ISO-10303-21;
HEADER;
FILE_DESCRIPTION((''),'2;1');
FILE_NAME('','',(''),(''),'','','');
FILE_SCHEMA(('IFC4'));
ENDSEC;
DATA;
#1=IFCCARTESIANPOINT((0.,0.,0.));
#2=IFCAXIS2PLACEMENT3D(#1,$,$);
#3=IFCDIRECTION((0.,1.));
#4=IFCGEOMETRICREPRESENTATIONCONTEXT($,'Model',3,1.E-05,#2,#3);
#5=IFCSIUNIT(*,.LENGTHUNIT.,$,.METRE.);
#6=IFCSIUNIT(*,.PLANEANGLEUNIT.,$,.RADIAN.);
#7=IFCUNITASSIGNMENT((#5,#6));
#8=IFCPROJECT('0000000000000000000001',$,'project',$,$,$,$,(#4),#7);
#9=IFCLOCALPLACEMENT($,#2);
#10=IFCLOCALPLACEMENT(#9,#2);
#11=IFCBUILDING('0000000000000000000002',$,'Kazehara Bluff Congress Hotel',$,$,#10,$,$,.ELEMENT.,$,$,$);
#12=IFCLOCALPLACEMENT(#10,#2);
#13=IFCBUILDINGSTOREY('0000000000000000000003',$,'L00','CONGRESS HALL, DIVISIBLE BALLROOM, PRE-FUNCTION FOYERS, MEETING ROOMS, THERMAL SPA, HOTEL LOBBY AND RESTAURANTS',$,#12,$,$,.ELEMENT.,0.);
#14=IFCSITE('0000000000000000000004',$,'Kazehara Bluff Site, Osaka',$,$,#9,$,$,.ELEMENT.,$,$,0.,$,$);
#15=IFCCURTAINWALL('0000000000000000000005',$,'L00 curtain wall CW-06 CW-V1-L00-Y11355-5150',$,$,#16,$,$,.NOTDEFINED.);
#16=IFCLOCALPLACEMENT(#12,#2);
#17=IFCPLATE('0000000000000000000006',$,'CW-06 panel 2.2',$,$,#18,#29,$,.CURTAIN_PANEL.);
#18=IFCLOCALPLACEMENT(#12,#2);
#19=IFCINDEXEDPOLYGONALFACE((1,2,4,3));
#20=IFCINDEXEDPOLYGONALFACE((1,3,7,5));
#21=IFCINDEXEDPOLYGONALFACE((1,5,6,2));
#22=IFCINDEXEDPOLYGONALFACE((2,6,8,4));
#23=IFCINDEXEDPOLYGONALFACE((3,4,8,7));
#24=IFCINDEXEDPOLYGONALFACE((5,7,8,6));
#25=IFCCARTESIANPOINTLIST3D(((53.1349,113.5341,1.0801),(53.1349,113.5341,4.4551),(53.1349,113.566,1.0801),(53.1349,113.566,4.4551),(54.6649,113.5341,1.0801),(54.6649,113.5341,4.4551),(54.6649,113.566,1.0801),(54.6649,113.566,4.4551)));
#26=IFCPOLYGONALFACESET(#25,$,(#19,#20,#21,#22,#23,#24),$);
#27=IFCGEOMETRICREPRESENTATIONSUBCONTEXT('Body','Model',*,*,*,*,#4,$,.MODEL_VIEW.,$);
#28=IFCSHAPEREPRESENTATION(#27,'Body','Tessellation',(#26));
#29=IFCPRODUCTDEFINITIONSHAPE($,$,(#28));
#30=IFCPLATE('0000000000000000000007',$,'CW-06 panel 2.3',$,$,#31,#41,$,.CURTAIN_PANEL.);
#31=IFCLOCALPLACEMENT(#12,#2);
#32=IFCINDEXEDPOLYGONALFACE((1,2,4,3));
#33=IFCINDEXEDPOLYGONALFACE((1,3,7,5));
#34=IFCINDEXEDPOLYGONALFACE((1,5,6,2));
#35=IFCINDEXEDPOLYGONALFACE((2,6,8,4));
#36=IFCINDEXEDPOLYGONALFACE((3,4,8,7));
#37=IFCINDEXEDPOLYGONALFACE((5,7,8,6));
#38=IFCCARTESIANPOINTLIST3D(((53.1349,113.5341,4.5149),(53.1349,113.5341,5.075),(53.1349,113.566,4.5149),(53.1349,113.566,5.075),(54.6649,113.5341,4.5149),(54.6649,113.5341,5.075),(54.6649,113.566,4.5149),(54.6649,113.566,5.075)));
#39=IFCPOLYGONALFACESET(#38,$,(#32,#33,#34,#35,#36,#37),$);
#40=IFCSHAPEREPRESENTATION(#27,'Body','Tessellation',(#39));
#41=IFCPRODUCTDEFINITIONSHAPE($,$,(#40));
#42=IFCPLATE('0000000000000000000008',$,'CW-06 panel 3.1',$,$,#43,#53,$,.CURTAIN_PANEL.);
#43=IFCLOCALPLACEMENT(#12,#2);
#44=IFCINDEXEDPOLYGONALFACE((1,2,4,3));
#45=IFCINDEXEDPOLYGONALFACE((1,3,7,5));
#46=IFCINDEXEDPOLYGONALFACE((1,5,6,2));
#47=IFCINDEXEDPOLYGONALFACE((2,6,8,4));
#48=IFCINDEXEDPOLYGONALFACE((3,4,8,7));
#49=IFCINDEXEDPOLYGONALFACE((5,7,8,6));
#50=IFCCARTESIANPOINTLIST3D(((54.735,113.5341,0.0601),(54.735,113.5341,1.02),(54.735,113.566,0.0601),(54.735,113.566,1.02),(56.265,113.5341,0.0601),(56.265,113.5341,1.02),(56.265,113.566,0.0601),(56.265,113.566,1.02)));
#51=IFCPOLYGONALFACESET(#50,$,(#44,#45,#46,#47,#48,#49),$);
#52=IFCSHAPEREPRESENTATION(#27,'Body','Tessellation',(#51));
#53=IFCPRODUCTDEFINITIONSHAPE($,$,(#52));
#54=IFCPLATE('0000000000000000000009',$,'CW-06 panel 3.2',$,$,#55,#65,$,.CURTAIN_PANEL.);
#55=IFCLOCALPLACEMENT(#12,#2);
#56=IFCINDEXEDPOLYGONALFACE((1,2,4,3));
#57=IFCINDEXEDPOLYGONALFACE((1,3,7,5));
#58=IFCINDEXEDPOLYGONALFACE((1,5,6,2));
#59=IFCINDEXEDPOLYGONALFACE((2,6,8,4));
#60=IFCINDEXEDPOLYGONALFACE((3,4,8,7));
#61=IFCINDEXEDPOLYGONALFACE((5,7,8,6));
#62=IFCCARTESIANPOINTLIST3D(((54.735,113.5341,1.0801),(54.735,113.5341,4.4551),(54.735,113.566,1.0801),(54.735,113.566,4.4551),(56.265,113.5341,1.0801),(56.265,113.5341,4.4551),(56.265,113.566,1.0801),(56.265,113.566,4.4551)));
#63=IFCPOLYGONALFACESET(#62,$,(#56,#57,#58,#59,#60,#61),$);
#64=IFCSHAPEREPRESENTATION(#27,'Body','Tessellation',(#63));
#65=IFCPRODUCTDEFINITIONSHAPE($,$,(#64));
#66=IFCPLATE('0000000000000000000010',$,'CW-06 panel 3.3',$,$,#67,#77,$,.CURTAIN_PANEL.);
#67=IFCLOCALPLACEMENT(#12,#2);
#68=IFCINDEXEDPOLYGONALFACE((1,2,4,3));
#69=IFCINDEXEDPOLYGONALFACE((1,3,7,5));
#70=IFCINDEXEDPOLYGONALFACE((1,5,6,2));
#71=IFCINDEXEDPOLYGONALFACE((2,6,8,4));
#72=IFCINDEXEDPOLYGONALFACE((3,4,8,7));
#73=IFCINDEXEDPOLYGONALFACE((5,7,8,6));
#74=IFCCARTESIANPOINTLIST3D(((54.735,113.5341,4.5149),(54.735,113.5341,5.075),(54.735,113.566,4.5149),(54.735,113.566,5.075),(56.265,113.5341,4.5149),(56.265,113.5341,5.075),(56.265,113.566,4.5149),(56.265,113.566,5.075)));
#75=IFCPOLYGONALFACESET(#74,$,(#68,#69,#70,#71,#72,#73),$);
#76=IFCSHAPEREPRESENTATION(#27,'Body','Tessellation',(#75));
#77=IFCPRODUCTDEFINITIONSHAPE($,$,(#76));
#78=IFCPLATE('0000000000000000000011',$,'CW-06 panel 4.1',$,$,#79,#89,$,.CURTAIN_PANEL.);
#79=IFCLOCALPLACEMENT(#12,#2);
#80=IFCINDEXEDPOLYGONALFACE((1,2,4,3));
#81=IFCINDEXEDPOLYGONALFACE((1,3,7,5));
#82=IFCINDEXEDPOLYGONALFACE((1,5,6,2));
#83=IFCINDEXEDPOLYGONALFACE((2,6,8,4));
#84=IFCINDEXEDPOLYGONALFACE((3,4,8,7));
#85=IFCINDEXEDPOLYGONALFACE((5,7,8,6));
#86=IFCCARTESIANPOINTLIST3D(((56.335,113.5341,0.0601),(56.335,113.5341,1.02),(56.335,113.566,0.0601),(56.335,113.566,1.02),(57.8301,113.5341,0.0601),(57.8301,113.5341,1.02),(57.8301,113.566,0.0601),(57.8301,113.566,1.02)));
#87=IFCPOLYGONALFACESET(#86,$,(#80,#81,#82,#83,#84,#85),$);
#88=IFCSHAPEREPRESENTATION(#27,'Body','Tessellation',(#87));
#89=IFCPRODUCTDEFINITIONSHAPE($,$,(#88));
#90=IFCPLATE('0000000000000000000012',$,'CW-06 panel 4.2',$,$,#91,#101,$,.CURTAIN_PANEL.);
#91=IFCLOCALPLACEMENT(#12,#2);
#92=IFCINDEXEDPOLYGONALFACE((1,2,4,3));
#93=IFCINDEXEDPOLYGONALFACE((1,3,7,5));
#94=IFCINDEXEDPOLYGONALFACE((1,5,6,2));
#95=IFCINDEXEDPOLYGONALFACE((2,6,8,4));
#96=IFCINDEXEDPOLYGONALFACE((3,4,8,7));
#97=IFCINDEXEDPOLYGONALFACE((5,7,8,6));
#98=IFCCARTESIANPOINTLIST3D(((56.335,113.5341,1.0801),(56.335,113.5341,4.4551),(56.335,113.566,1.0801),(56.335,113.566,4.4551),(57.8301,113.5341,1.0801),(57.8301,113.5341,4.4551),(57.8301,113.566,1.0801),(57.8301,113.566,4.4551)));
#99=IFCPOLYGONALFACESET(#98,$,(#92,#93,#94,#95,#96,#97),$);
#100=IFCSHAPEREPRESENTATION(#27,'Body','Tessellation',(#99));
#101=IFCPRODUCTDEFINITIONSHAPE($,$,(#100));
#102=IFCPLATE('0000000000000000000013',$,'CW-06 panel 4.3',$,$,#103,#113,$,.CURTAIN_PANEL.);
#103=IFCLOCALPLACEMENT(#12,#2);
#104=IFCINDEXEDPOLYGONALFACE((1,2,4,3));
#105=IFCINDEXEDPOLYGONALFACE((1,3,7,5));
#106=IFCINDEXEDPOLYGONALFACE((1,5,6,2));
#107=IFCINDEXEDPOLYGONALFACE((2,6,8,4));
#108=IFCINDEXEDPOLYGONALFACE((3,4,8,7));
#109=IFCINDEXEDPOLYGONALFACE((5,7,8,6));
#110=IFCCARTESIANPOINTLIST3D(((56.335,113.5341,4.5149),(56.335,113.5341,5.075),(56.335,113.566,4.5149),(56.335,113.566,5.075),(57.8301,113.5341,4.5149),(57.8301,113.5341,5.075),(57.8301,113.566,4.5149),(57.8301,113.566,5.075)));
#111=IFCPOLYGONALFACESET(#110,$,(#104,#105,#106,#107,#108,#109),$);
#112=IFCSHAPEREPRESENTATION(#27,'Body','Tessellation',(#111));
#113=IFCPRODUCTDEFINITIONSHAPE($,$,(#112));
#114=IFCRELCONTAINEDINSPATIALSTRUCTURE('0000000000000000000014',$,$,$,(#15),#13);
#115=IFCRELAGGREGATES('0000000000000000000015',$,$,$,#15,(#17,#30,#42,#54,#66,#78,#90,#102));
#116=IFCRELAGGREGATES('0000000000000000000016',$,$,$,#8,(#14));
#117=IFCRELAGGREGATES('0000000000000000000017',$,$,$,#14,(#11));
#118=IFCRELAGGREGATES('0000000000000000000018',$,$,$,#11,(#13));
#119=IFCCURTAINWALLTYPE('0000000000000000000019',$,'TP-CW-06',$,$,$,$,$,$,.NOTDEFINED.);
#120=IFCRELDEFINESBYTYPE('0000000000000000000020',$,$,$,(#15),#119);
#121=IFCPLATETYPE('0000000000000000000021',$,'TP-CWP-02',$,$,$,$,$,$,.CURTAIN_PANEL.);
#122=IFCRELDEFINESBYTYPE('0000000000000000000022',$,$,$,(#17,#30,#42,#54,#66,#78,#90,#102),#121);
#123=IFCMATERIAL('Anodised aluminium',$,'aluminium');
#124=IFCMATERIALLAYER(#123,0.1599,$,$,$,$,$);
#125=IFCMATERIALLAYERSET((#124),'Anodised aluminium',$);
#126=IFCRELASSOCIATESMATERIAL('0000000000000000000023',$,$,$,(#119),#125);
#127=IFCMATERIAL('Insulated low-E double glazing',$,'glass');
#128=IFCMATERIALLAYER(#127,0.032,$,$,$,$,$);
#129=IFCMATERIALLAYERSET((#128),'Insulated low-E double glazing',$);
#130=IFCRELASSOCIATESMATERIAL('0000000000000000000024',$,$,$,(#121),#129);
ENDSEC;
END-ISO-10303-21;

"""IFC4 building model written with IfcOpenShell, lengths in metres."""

from ifc_helpers import new_model, si_unit, direction, frame, origin, origin_2d, place, context, subcontext, project, spatial, rectangle, extrude, material, layer, layer_set, type_object, element, aggregate, save


model = new_model("IFC4")

# Units and contexts
model_context = context("Model", 3, precision=1e-05, world=origin(), true_north=direction((0.0, 1.0)))
body_context = subcontext(model_context, "Body", "Model", "MODEL_VIEW")
ifc_project = project(units=[si_unit("LENGTHUNIT", "METRE"), si_unit("PLANEANGLEUNIT", "RADIAN")], contexts=[model_context])

# Site, building, storey
site_placement = place(None, origin())
site = spatial("IfcSite", under=ifc_project, at=site_placement, Name="Kazehara Bluff Site, Osaka", CompositionType="ELEMENT", RefElevation=0.0)
building_placement = place(site_placement, origin())
building = spatial("IfcBuilding", under=site, at=building_placement, Name="Kazehara Bluff Congress Hotel", CompositionType="ELEMENT")
storey_placement = place(building_placement, origin())
storey = spatial("IfcBuildingStorey", under=building, at=storey_placement, Name="L00", Description="CONGRESS HALL, DIVISIBLE BALLROOM, PRE-FUNCTION FOYERS, MEETING ROOMS, THERMAL SPA, HOTEL LOBBY AND RESTAURANTS", CompositionType="ELEMENT", Elevation=0.0)

# Curtain wall, plates
ifc_material_1 = material(Name="Anodised aluminium", Category="aluminium")
ifc_layer_1 = layer(ifc_material_1, 0.1599)
ifc_layer_set_1 = layer_set([ifc_layer_1], Name="Anodised aluminium")
curtain_wall_type = type_object("IfcCurtainWallType", Name="TP-CW-06", PredefinedType="NOTDEFINED", material=ifc_layer_set_1)
curtain_wall_placement = place(storey_placement, origin())
curtain_wall = element("IfcCurtainWall", 1, at=curtain_wall_placement, inside=storey, type_object=curtain_wall_type, Name="L00 curtain wall CW-06 CW-V1-L00-Y11355-5150", PredefinedType="NOTDEFINED")
ifc_material_2 = material(Name="Insulated low-E double glazing", Category="glass")
ifc_layer_2 = layer(ifc_material_2, 0.032)
ifc_layer_set_2 = layer_set([ifc_layer_2], Name="Insulated low-E double glazing")
plate_type = type_object("IfcPlateType", Name="TP-CWP-02", PredefinedType="CURTAIN_PANEL", material=ifc_layer_set_2)
plate_1_placement = place(storey_placement, frame((53.8999, 113.55, 1.0801), z_axis=(0.0, 0.0, 1.0), x_axis=(1.0, 0.0, 0.0)))
plate_1 = element("IfcPlate", 2, at=plate_1_placement, type_object=plate_type, Name="CW-06 panel 2.2", PredefinedType="CURTAIN_PANEL", context=body_context, shape_type="SweptSolid", body=[
    extrude(rectangle(XDim=1.53, YDim=0.032, at=origin_2d()), origin(), (0.0, 0.0, 1.0), 3.375),
])
plate_2_placement = place(storey_placement, frame((53.8999, 113.55, 4.5149), z_axis=(0.0, 0.0, 1.0), x_axis=(1.0, 0.0, 0.0)))
plate_2 = element("IfcPlate", 3, at=plate_2_placement, type_object=plate_type, Name="CW-06 panel 2.3", PredefinedType="CURTAIN_PANEL", context=body_context, shape_type="SweptSolid", body=[
    extrude(rectangle(XDim=1.53, YDim=0.032, at=origin_2d()), origin(), (0.0, 0.0, 1.0), 0.5601),
])
plate_3_placement = place(storey_placement, frame((55.5, 113.55, 0.0601), z_axis=(0.0, 0.0, 1.0), x_axis=(1.0, 0.0, 0.0)))
plate_3 = element("IfcPlate", 4, at=plate_3_placement, type_object=plate_type, Name="CW-06 panel 3.1", PredefinedType="CURTAIN_PANEL", context=body_context, shape_type="SweptSolid", body=[
    extrude(rectangle(XDim=1.53, YDim=0.032, at=origin_2d()), origin(), (0.0, 0.0, 1.0), 0.96),
])
plate_4_placement = place(storey_placement, frame((55.5, 113.55, 1.0801), z_axis=(0.0, 0.0, 1.0), x_axis=(1.0, 0.0, 0.0)))
plate_4 = element("IfcPlate", 5, at=plate_4_placement, type_object=plate_type, Name="CW-06 panel 3.2", PredefinedType="CURTAIN_PANEL", context=body_context, shape_type="SweptSolid", body=[
    extrude(rectangle(XDim=1.53, YDim=0.032, at=origin_2d()), origin(), (0.0, 0.0, 1.0), 3.375),
])
plate_5_placement = place(storey_placement, frame((55.5, 113.55, 4.5149), z_axis=(0.0, 0.0, 1.0), x_axis=(1.0, 0.0, 0.0)))
plate_5 = element("IfcPlate", 6, at=plate_5_placement, type_object=plate_type, Name="CW-06 panel 3.3", PredefinedType="CURTAIN_PANEL", context=body_context, shape_type="SweptSolid", body=[
    extrude(rectangle(XDim=1.53, YDim=0.032, at=origin_2d()), origin(), (0.0, 0.0, 1.0), 0.5601),
])
plate_6_placement = place(storey_placement, frame((57.0825, 113.55, 0.0601), z_axis=(0.0, 0.0, 1.0), x_axis=(1.0, 0.0, 0.0)))
plate_6 = element("IfcPlate", 7, at=plate_6_placement, type_object=plate_type, Name="CW-06 panel 4.1", PredefinedType="CURTAIN_PANEL", context=body_context, shape_type="SweptSolid", body=[
    extrude(rectangle(XDim=1.4951, YDim=0.032, at=origin_2d()), origin(), (0.0, 0.0, 1.0), 0.96),
])
plate_7_placement = place(storey_placement, frame((57.0825, 113.55, 1.0801), z_axis=(0.0, 0.0, 1.0), x_axis=(1.0, 0.0, 0.0)))
plate_7 = element("IfcPlate", 8, at=plate_7_placement, type_object=plate_type, Name="CW-06 panel 4.2", PredefinedType="CURTAIN_PANEL", context=body_context, shape_type="SweptSolid", body=[
    extrude(rectangle(XDim=1.4951, YDim=0.032, at=origin_2d()), origin(), (0.0, 0.0, 1.0), 3.375),
])
plate_8_placement = place(storey_placement, frame((57.0825, 113.55, 4.5149), z_axis=(0.0, 0.0, 1.0), x_axis=(1.0, 0.0, 0.0)))
plate_8 = element("IfcPlate", 9, at=plate_8_placement, type_object=plate_type, Name="CW-06 panel 4.3", PredefinedType="CURTAIN_PANEL", context=body_context, shape_type="SweptSolid", body=[
    extrude(rectangle(XDim=1.4951, YDim=0.032, at=origin_2d()), origin(), (0.0, 0.0, 1.0), 0.5601),
])
aggregate(curtain_wall, [plate_1, plate_2, plate_3, plate_4, plate_5, plate_6, plate_7, plate_8])

save(model, "model.ifc")
